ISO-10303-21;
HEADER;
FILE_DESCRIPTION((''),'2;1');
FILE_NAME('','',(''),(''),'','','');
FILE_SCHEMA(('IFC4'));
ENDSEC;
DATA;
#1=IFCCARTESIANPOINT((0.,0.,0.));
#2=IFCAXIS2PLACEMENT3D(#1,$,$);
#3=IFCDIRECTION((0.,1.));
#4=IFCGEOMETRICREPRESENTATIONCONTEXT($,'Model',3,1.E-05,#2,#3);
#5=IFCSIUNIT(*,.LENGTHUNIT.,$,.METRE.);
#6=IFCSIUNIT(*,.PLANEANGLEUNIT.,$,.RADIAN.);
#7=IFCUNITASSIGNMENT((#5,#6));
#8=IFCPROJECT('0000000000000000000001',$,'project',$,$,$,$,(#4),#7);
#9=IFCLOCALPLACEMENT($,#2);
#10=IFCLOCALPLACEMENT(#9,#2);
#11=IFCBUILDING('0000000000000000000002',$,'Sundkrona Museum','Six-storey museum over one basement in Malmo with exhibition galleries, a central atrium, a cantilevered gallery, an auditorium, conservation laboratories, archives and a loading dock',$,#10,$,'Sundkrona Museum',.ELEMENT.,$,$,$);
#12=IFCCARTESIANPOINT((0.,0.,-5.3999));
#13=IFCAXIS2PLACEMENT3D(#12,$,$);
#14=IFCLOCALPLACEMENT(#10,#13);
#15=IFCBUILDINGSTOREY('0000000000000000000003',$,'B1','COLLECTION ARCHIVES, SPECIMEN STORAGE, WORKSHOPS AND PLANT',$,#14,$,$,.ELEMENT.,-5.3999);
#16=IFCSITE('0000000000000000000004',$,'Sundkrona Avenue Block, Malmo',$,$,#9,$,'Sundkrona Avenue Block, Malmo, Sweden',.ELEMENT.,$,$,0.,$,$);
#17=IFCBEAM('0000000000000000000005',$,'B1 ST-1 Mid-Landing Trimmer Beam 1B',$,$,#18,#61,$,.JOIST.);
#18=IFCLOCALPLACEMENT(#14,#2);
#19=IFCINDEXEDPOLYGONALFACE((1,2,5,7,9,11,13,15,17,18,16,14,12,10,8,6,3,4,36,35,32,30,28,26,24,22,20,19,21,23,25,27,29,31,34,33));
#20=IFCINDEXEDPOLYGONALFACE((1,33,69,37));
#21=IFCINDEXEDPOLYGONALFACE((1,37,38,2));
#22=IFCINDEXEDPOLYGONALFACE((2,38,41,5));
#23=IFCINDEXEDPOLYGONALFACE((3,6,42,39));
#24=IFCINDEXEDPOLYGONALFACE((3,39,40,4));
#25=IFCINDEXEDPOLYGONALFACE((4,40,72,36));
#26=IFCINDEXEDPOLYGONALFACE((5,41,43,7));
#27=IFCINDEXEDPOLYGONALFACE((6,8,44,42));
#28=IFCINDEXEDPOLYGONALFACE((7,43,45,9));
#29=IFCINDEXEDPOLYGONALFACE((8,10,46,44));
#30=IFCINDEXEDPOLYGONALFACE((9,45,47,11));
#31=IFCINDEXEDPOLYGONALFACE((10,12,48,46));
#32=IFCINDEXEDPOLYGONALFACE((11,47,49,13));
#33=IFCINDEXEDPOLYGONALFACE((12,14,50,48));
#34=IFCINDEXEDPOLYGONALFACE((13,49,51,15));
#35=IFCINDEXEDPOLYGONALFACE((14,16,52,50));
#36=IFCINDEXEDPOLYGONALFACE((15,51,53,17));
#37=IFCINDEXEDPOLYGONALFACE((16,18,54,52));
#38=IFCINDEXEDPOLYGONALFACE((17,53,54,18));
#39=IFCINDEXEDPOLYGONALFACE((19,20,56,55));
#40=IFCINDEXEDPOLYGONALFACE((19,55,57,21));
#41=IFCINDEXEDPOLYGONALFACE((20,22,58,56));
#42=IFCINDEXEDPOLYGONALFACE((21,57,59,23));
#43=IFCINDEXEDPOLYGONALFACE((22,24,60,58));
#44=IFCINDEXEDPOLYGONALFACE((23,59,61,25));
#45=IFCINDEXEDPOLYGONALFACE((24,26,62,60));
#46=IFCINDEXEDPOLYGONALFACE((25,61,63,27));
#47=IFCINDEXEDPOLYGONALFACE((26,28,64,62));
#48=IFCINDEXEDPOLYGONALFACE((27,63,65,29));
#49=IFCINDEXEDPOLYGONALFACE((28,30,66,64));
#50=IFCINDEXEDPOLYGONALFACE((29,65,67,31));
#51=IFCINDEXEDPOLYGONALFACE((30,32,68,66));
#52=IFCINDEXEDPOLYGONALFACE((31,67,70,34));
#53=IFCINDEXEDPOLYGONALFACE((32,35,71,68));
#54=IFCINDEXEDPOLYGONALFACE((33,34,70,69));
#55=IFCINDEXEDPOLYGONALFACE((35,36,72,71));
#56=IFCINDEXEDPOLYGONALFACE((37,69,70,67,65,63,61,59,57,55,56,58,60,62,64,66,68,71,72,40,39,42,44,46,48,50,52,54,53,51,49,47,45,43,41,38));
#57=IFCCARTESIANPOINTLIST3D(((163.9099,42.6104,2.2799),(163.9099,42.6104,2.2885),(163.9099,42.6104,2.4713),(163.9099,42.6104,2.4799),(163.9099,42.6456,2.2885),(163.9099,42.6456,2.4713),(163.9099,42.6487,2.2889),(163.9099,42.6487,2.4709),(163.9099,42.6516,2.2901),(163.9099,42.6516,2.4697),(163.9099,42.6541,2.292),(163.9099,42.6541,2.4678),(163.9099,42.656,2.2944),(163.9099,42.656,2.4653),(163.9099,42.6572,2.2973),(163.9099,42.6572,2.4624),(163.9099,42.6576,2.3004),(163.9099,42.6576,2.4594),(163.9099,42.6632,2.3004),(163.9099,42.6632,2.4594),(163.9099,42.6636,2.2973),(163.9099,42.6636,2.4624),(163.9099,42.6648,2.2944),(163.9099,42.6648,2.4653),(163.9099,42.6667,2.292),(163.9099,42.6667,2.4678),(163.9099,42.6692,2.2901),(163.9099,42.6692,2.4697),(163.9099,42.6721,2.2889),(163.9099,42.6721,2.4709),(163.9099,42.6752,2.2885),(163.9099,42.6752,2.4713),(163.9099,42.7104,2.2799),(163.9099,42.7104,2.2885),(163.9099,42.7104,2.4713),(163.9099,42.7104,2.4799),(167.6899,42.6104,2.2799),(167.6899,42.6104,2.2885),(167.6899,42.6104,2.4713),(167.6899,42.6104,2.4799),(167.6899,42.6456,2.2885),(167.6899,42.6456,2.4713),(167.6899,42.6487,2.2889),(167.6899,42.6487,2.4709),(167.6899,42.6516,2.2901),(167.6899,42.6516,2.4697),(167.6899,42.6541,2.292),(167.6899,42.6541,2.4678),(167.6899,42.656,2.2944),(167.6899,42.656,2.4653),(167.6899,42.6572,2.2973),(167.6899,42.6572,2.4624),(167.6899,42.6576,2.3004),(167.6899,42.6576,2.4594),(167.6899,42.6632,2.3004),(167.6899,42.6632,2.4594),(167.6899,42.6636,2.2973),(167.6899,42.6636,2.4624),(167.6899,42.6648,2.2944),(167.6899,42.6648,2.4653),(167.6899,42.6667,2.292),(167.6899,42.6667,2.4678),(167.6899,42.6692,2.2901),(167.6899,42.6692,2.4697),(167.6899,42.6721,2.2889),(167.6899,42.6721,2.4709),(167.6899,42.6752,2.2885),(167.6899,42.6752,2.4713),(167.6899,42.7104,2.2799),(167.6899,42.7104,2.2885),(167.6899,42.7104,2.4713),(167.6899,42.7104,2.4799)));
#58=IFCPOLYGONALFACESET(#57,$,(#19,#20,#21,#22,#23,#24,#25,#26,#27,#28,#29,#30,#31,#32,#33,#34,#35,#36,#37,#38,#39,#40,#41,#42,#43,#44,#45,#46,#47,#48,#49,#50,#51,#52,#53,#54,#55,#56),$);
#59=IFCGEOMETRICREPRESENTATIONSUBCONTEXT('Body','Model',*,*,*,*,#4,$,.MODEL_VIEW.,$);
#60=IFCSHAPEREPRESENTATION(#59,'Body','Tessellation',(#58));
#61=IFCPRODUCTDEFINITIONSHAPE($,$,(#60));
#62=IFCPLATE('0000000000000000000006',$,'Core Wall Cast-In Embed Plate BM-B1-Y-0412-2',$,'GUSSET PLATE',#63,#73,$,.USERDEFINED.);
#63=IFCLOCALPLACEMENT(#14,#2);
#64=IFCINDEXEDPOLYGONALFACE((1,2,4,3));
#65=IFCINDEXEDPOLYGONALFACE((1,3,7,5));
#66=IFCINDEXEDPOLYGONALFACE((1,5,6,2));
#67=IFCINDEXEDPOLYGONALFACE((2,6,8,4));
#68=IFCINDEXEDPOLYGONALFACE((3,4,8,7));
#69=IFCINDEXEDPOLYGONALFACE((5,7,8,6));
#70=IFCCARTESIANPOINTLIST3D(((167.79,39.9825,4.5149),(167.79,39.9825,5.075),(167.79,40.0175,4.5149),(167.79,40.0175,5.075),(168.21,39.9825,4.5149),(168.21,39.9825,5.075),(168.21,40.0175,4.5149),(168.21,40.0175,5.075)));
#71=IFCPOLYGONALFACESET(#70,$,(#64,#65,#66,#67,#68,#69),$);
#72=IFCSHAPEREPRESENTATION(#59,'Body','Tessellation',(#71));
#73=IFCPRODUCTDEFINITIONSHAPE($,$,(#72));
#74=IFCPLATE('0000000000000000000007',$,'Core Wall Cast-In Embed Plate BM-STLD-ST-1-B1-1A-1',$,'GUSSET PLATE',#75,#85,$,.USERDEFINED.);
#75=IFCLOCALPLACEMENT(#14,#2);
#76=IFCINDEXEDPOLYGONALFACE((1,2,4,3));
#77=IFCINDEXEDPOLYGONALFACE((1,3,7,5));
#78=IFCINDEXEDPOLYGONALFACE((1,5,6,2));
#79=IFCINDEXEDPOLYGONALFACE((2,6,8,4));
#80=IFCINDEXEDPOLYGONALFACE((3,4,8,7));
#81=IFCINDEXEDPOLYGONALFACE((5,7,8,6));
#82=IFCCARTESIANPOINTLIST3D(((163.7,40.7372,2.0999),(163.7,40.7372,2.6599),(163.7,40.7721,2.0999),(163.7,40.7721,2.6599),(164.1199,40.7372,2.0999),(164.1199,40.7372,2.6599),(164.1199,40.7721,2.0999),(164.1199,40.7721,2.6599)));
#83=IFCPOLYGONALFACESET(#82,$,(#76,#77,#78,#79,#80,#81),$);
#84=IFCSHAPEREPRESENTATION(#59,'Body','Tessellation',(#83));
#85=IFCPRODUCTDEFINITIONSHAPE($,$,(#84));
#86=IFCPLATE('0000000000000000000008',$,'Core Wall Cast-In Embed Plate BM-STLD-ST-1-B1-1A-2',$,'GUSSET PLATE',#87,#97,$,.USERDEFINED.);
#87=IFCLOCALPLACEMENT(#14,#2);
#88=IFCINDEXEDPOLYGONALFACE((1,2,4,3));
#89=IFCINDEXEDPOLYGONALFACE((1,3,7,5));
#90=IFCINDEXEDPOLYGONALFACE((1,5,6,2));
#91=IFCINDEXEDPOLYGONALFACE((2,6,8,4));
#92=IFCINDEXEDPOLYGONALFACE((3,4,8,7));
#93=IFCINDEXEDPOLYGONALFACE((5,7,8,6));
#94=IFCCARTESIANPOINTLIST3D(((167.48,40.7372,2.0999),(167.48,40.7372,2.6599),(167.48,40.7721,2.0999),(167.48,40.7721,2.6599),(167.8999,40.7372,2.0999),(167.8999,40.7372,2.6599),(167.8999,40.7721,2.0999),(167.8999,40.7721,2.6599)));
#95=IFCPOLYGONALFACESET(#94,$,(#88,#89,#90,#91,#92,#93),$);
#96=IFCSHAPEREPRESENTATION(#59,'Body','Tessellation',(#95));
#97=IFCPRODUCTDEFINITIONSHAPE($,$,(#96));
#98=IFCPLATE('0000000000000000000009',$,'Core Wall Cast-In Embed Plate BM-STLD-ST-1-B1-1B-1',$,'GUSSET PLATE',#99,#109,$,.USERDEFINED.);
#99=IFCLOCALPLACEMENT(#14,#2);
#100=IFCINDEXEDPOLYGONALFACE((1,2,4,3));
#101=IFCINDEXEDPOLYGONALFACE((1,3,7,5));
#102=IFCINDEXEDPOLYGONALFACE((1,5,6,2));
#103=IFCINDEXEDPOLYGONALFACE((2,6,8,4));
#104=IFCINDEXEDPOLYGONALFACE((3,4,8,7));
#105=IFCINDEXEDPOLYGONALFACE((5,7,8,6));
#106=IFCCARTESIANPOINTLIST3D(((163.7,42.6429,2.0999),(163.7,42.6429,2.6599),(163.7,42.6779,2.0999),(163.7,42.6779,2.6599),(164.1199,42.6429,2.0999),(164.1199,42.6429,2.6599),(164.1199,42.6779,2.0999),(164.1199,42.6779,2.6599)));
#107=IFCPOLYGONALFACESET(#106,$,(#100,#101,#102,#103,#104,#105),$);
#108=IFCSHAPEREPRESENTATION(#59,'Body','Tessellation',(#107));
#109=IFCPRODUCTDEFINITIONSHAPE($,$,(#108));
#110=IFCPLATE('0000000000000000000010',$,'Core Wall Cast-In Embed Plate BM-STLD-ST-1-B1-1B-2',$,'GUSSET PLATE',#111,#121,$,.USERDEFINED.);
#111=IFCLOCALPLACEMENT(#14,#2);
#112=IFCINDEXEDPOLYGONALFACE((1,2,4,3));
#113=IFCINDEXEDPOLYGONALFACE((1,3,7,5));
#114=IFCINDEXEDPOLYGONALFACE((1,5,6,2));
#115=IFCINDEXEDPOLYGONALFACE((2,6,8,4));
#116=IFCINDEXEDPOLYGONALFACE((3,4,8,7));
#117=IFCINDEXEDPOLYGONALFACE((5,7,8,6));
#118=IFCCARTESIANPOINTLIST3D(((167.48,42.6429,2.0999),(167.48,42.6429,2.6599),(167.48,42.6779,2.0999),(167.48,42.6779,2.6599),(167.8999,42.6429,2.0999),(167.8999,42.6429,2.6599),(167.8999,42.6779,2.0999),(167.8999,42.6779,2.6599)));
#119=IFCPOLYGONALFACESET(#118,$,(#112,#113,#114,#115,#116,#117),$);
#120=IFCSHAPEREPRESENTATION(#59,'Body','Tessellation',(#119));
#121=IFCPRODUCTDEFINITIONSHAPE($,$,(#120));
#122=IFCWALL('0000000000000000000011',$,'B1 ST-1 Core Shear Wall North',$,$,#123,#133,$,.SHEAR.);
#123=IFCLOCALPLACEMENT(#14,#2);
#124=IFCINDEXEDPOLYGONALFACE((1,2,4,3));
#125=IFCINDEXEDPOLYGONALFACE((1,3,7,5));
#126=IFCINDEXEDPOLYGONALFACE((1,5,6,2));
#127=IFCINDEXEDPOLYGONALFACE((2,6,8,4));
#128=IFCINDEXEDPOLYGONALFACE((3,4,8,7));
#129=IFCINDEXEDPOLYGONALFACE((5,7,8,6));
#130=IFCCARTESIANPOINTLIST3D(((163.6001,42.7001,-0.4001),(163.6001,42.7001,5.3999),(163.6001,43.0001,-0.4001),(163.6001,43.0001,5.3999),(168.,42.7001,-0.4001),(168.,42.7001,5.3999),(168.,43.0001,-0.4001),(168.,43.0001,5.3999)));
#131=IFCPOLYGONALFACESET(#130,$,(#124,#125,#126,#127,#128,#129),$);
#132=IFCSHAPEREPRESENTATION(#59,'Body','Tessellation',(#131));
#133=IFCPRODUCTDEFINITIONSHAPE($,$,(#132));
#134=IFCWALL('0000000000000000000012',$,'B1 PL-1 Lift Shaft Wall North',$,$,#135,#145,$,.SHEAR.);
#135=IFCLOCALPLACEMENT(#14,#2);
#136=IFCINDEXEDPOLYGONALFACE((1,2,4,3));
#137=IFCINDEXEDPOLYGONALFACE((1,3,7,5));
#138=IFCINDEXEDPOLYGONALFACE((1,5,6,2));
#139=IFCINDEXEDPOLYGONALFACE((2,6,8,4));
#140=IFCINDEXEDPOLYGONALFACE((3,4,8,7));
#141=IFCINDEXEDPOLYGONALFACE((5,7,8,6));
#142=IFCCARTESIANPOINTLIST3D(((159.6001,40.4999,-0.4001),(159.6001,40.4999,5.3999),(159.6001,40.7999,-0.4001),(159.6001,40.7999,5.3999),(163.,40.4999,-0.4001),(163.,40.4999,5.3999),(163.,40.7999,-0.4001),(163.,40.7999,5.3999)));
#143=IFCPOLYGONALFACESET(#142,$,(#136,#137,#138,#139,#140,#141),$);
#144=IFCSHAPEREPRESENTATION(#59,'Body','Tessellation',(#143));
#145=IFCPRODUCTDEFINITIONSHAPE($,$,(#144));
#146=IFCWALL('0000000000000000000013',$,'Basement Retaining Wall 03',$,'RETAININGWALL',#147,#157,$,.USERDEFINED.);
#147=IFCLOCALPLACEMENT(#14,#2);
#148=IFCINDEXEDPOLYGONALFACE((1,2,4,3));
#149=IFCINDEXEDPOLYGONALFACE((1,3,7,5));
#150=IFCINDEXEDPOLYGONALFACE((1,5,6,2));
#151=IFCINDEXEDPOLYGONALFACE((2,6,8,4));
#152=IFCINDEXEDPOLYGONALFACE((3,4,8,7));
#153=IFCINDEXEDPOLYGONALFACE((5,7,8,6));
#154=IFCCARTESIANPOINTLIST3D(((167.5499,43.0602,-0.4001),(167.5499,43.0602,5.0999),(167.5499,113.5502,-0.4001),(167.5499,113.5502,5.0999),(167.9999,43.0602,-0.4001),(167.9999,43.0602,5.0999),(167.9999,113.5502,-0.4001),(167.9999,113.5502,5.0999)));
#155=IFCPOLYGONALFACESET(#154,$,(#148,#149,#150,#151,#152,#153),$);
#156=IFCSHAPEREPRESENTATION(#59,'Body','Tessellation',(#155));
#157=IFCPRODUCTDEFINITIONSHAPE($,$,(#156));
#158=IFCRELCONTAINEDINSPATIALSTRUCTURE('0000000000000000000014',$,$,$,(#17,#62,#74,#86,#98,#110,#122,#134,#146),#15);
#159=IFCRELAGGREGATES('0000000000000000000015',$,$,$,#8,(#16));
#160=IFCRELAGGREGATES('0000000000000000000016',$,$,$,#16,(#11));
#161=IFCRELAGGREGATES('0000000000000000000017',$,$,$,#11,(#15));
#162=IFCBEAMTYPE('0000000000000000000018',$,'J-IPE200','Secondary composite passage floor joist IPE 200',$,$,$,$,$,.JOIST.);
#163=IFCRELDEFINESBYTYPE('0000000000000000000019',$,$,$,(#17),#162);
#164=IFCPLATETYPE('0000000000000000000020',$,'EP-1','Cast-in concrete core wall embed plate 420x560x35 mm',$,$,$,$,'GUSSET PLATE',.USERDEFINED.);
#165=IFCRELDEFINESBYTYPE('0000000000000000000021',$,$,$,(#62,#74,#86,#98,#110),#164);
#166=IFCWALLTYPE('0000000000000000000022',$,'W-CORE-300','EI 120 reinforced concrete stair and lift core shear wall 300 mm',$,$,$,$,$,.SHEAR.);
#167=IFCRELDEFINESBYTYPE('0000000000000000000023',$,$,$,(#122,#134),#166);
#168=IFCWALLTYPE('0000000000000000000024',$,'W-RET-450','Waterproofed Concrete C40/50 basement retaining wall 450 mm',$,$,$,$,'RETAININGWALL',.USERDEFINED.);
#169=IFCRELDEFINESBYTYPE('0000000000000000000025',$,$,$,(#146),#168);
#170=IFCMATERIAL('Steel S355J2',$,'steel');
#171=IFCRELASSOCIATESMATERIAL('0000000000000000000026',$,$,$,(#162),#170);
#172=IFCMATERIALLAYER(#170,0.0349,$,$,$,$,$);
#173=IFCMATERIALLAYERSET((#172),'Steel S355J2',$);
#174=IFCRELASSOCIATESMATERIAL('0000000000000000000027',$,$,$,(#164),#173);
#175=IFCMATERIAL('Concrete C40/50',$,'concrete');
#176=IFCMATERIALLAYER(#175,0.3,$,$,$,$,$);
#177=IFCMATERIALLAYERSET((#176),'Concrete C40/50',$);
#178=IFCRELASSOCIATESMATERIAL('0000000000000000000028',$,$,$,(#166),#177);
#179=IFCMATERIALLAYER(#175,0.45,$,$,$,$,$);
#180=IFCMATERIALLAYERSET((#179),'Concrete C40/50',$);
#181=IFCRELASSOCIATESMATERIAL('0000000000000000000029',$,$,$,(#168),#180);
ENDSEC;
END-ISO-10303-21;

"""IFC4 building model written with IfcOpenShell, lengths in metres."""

from ifc_helpers import new_model, si_unit, direction, frame, frame_2d, origin, origin_2d, place, context, subcontext, project, spatial, rectangle, i_section, extrude, material, layer, layer_set, material_profile, profile_set, type_object, element, save


model = new_model("IFC4")

# Units and contexts
model_context = context("Model", 3, precision=1e-05, world=origin(), true_north=direction((0.0, 1.0)))
body_context = subcontext(model_context, "Body", "Model", "MODEL_VIEW")
ifc_project = project(units=[si_unit("LENGTHUNIT", "METRE"), si_unit("PLANEANGLEUNIT", "RADIAN")], contexts=[model_context])

# Site, building, storey
site_placement = place(None, origin())
site = spatial("IfcSite", under=ifc_project, at=site_placement, Name="Sundkrona Avenue Block, Malmo", LongName="Sundkrona Avenue Block, Malmo, Sweden", CompositionType="ELEMENT", RefElevation=0.0)
building_placement = place(site_placement, origin())
building = spatial("IfcBuilding", under=site, at=building_placement, Name="Sundkrona Museum", Description="Six-storey museum over one basement in Malmo with exhibition galleries, a central atrium, a cantilevered gallery, an auditorium, conservation laboratories, archives and a loading dock", LongName="Sundkrona Museum", CompositionType="ELEMENT")
storey_placement = place(building_placement, frame((0.0, 0.0, -5.3999)))
storey = spatial("IfcBuildingStorey", under=building, at=storey_placement, Name="B1", Description="COLLECTION ARCHIVES, SPECIMEN STORAGE, WORKSHOPS AND PLANT", CompositionType="ELEMENT", Elevation=-5.3999)

# Shared definitions
ifc_material_1 = material(Name="Concrete C40/50", Category="concrete")

# Shared definitions
ifc_material_2 = material(Name="Steel S355J2", Category="steel")

# Beam
ifc_material_profile_1 = material_profile(ifc_material_2, i_section(OverallWidth=0.1001, OverallDepth=0.2, WebThickness=0.0056, FlangeThickness=0.0085, FilletRadius=0.012, at=origin_2d()), Name="IPE 200")
ifc_profile_set_1 = profile_set([ifc_material_profile_1], Name="Steel S355J2")
beam_type_1 = type_object("IfcBeamType", Name="J-IPE200", Description="Secondary composite passage floor joist IPE 200", PredefinedType="JOIST", material=ifc_profile_set_1)
for number, where, z_axis, x_axis, name in (
    (1, (163.9099, 42.6604, 2.3799), (1.0, 0.0, 0.0), (0.0, 1.0, 0.0), "B1 ST-1 Mid-Landing Trimmer Beam 1B"),
):
    element("IfcBeam", number, at=place(storey_placement, frame(where, z_axis=z_axis, x_axis=x_axis)), inside=storey, type_object=beam_type_1, Name=name, PredefinedType="JOIST", context=body_context, shape_type="SweptSolid", body=[
        extrude(i_section(OverallWidth=0.1001, OverallDepth=0.2, WebThickness=0.0056, FlangeThickness=0.0085, FilletRadius=0.012, at=origin_2d()), origin(), (0.0, 0.0, 1.0), 3.78),
    ])

# Plates
ifc_layer_1 = layer(ifc_material_2, 0.0349)
ifc_layer_set_1 = layer_set([ifc_layer_1], Name="Steel S355J2")
plate_type = type_object("IfcPlateType", Name="EP-1", Description="Cast-in concrete core wall embed plate 420x560x35 mm", ElementType="GUSSET PLATE", PredefinedType="USERDEFINED", material=ifc_layer_set_1)
for number, where, z_axis, x_axis, name in (
    (2, (168.0, 40.0, 4.5149), (0.0, 0.0, 1.0), (1.0, 0.0, 0.0), "Core Wall Cast-In Embed Plate BM-B1-Y-0412-2"),
    (3, (163.9099, 40.7546, 2.0999), (0.0, 0.0, 1.0), (1.0, 0.0, 0.0), "Core Wall Cast-In Embed Plate BM-STLD-ST-1-B1-1A-1"),
    (4, (167.6899, 40.7546, 2.0999), (0.0, 0.0, 1.0), (1.0, 0.0, 0.0), "Core Wall Cast-In Embed Plate BM-STLD-ST-1-B1-1A-2"),
    (5, (163.9099, 42.6604, 2.0999), (0.0, 0.0, 1.0), (1.0, 0.0, 0.0), "Core Wall Cast-In Embed Plate BM-STLD-ST-1-B1-1B-1"),
    (6, (167.6899, 42.6604, 2.0999), (0.0, 0.0, 1.0), (1.0, 0.0, 0.0), "Core Wall Cast-In Embed Plate BM-STLD-ST-1-B1-1B-2"),
):
    element("IfcPlate", number, at=place(storey_placement, frame(where, z_axis=z_axis, x_axis=x_axis)), inside=storey, type_object=plate_type, Name=name, ObjectType="GUSSET PLATE", PredefinedType="USERDEFINED", context=body_context, shape_type="SweptSolid", body=[
        extrude(rectangle(XDim=0.4199, YDim=0.0349, at=origin_2d()), origin(), (0.0, 0.0, 1.0), 0.5601),
    ])

# Walls
ifc_layer_2 = layer(ifc_material_1, 0.3)
ifc_layer_set_2 = layer_set([ifc_layer_2], Name="Concrete C40/50")
wall_type_1 = type_object("IfcWallType", Name="W-CORE-300", Description="EI 120 reinforced concrete stair and lift core shear wall 300 mm", PredefinedType="SHEAR", material=ifc_layer_set_2)
wall_1_placement = place(storey_placement, frame((163.6001, 42.8501, -0.4001), z_axis=(0.0, 0.0, 1.0), x_axis=(1.0, 0.0, 0.0)))
element("IfcWall", 7, at=wall_1_placement, inside=storey, type_object=wall_type_1, Name="B1 ST-1 Core Shear Wall North", PredefinedType="SHEAR", context=body_context, shape_type="SweptSolid", body=[
    extrude(rectangle(XDim=4.3999, YDim=0.3, at=frame_2d((2.2, 0.0))), origin(), (0.0, 0.0, 1.0), 5.8),
])
wall_2_placement = place(storey_placement, frame((159.6001, 40.6499, -0.4001), z_axis=(0.0, 0.0, 1.0), x_axis=(1.0, 0.0, 0.0)))
element("IfcWall", 8, at=wall_2_placement, inside=storey, type_object=wall_type_1, Name="B1 PL-1 Lift Shaft Wall North", PredefinedType="SHEAR", context=body_context, shape_type="SweptSolid", body=[
    extrude(rectangle(XDim=3.3999, YDim=0.3, at=frame_2d((1.7, 0.0))), origin(), (0.0, 0.0, 1.0), 5.8),
])
ifc_layer_3 = layer(ifc_material_1, 0.45)
ifc_layer_set_3 = layer_set([ifc_layer_3], Name="Concrete C40/50")
wall_type_2 = type_object("IfcWallType", Name="W-RET-450", Description="Waterproofed Concrete C40/50 basement retaining wall 450 mm", ElementType="RETAININGWALL", PredefinedType="USERDEFINED", material=ifc_layer_set_3)
wall_3_placement = place(storey_placement, frame((167.7749, 43.0601, -0.4001), z_axis=(0.0, 0.0, 1.0), x_axis=(0.0, 1.0, 0.0)))
element("IfcWall", 9, at=wall_3_placement, inside=storey, type_object=wall_type_2, Name="Basement Retaining Wall 03", ObjectType="RETAININGWALL", PredefinedType="USERDEFINED", context=body_context, shape_type="SweptSolid", body=[
    extrude(rectangle(XDim=70.49, YDim=0.45, at=frame_2d((35.2451, 0.0))), origin(), (0.0, 0.0, 1.0), 5.5),
])

save(model, "model.ifc")
